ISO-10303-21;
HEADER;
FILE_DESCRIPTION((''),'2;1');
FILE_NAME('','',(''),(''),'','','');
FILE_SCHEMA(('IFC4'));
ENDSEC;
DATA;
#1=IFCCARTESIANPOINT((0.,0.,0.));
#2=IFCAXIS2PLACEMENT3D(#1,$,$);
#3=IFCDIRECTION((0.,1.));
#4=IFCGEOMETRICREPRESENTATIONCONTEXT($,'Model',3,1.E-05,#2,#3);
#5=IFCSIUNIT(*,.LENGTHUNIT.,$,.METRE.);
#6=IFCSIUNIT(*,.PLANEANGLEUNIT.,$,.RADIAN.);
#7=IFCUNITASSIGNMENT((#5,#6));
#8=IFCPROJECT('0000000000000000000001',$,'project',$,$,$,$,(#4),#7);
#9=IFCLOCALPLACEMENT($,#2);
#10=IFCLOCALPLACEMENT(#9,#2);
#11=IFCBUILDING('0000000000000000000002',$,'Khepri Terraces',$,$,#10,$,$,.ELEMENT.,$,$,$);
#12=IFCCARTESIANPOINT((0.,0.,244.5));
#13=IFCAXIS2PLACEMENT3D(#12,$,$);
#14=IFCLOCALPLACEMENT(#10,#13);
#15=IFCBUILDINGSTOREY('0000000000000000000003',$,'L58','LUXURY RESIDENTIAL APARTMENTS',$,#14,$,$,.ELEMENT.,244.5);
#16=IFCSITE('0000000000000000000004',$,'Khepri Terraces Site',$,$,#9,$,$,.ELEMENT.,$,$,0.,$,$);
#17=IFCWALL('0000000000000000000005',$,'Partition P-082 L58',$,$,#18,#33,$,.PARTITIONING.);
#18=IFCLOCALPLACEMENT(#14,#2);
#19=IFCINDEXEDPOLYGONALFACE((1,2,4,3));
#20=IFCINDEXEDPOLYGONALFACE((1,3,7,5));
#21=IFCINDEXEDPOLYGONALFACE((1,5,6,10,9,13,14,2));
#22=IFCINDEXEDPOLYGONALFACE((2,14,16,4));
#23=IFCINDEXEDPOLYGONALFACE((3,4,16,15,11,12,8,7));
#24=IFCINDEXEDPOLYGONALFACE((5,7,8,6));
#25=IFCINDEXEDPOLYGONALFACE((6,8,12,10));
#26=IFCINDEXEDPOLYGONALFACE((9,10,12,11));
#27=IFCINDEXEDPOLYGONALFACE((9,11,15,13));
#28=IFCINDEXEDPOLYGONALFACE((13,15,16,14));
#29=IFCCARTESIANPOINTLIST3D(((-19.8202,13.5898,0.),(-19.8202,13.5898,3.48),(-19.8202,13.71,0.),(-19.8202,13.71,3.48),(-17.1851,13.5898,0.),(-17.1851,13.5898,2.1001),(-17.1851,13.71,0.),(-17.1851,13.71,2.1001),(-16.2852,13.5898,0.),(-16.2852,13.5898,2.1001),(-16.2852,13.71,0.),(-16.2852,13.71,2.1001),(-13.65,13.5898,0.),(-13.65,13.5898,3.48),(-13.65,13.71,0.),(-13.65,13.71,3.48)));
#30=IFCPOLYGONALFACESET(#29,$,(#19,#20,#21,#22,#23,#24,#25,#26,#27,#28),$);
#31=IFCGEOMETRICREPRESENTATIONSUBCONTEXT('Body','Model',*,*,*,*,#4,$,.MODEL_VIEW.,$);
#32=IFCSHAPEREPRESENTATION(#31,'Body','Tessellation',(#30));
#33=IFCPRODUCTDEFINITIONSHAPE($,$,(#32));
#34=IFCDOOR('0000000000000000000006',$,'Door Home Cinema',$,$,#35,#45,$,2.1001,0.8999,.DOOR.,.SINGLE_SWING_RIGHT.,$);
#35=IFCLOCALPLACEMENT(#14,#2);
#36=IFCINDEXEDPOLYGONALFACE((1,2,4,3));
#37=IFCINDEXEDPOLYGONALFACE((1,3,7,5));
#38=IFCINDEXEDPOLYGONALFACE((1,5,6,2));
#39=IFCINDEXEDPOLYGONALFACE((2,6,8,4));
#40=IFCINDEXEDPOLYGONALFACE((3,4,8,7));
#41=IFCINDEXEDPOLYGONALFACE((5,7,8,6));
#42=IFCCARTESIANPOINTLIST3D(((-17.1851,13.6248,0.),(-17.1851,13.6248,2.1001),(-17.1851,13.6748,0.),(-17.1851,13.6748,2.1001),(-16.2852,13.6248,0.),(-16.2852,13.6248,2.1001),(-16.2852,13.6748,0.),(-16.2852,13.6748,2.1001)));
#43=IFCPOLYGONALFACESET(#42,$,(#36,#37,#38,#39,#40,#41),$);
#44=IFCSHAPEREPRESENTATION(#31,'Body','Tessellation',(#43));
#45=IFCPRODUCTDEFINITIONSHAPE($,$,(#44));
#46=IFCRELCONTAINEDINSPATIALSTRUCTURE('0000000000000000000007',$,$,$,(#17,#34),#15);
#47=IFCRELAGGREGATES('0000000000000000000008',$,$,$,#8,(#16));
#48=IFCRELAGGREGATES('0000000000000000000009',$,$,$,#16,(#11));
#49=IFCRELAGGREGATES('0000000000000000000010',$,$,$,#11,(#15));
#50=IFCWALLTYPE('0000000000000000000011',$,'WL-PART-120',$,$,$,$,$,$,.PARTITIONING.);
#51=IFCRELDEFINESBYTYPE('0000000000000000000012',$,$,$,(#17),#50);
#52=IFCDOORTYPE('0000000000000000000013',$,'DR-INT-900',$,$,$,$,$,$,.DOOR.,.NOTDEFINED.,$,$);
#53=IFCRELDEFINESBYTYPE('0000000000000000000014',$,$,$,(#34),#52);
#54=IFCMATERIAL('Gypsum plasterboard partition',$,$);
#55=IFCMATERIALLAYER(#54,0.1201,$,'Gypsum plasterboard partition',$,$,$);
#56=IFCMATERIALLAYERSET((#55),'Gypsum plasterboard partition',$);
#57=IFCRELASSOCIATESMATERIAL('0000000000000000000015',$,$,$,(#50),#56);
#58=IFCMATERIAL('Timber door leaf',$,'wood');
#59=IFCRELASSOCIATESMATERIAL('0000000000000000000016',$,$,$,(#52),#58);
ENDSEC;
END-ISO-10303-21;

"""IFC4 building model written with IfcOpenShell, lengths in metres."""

from ifc_helpers import new_model, si_unit, direction, frame, frame_2d, origin, place, context, subcontext, project, spatial, rectangle, extrude, material, layer, layer_set, type_object, element, fill, save


model = new_model("IFC4")

# Units and contexts
model_context = context("Model", 3, precision=1e-05, world=origin(), true_north=direction((0.0, 1.0)))
body_context = subcontext(model_context, "Body", "Model", "MODEL_VIEW")
ifc_project = project(units=[si_unit("LENGTHUNIT", "METRE"), si_unit("PLANEANGLEUNIT", "RADIAN")], contexts=[model_context])

# Site, building, storey
site_placement = place(None, origin())
site = spatial("IfcSite", under=ifc_project, at=site_placement, Name="Khepri Terraces Site", CompositionType="ELEMENT", RefElevation=0.0)
building_placement = place(site_placement, origin())
building = spatial("IfcBuilding", under=site, at=building_placement, Name="Khepri Terraces", CompositionType="ELEMENT")
storey_placement = place(building_placement, frame((0.0, 0.0, 244.5)))
storey = spatial("IfcBuildingStorey", under=building, at=storey_placement, Name="L58", Description="LUXURY RESIDENTIAL APARTMENTS", CompositionType="ELEMENT", Elevation=244.5)

# Shared definitions
ifc_material_1 = material(Name="Gypsum plasterboard partition")
ifc_layer_1 = layer(ifc_material_1, 0.1201, Name="Gypsum plasterboard partition")
ifc_layer_set_1 = layer_set([ifc_layer_1], Name="Gypsum plasterboard partition")
wall_type_1 = type_object("IfcWallType", Name="WL-PART-120", PredefinedType="PARTITIONING", material=ifc_layer_set_1)
ifc_material_2 = material(Name="Timber door leaf", Category="wood")
door_type_1 = type_object("IfcDoorType", Name="DR-INT-900", OperationType="NOTDEFINED", PredefinedType="DOOR", material=ifc_material_2)

# Wall, opening, door
wall_1_placement = place(storey_placement, frame((-19.8201, 13.6499, 0.0), z_axis=(0.0, 0.0, 1.0), x_axis=(1.0, 0.0, 0.0)))
wall_1 = element("IfcWall", 1, at=wall_1_placement, inside=storey, type_object=wall_type_1, Name="Partition P-082 L58", PredefinedType="PARTITIONING", context=body_context, shape_type="SweptSolid", body=[
    extrude(rectangle(XDim=6.1702, YDim=0.1201, at=frame_2d((3.085, 0.0))), origin(), (0.0, 0.0, 1.0), 3.48),
])
opening_1_placement = place(wall_1_placement, frame((2.635, 0.0, 0.0)))
opening_1 = element("IfcOpeningElement", 2, at=opening_1_placement, cuts=wall_1, PredefinedType="OPENING", context=body_context, shape_type="SweptSolid", body=[
    extrude(rectangle(XDim=0.8999, YDim=2.1001, at=frame_2d((0.45, 1.05))), frame((0.0, 0.0701, 0.0), z_axis=(0.0, -1.0, 0.0), x_axis=(1.0, 0.0, 0.0)), (0.0, 0.0, 1.0), 0.1401),
])
door_1_placement = place(opening_1_placement, origin())
door_1 = element("IfcDoor", 3, at=door_1_placement, inside=storey, type_object=door_type_1, Name="Door Home Cinema", OperationType="SINGLE_SWING_RIGHT", OverallHeight=2.1001, OverallWidth=0.8999, PredefinedType="DOOR", context=body_context, shape_type="SweptSolid", body=[
    extrude(rectangle(XDim=0.8999, YDim=2.1001, at=frame_2d((0.45, 1.05))), frame((0.0, 0.0249, 0.0), z_axis=(0.0, -1.0, 0.0), x_axis=(1.0, 0.0, 0.0)), (0.0, 0.0, 1.0), 0.05),
])
fill(opening_1, door_1)

save(model, "model.ifc")
